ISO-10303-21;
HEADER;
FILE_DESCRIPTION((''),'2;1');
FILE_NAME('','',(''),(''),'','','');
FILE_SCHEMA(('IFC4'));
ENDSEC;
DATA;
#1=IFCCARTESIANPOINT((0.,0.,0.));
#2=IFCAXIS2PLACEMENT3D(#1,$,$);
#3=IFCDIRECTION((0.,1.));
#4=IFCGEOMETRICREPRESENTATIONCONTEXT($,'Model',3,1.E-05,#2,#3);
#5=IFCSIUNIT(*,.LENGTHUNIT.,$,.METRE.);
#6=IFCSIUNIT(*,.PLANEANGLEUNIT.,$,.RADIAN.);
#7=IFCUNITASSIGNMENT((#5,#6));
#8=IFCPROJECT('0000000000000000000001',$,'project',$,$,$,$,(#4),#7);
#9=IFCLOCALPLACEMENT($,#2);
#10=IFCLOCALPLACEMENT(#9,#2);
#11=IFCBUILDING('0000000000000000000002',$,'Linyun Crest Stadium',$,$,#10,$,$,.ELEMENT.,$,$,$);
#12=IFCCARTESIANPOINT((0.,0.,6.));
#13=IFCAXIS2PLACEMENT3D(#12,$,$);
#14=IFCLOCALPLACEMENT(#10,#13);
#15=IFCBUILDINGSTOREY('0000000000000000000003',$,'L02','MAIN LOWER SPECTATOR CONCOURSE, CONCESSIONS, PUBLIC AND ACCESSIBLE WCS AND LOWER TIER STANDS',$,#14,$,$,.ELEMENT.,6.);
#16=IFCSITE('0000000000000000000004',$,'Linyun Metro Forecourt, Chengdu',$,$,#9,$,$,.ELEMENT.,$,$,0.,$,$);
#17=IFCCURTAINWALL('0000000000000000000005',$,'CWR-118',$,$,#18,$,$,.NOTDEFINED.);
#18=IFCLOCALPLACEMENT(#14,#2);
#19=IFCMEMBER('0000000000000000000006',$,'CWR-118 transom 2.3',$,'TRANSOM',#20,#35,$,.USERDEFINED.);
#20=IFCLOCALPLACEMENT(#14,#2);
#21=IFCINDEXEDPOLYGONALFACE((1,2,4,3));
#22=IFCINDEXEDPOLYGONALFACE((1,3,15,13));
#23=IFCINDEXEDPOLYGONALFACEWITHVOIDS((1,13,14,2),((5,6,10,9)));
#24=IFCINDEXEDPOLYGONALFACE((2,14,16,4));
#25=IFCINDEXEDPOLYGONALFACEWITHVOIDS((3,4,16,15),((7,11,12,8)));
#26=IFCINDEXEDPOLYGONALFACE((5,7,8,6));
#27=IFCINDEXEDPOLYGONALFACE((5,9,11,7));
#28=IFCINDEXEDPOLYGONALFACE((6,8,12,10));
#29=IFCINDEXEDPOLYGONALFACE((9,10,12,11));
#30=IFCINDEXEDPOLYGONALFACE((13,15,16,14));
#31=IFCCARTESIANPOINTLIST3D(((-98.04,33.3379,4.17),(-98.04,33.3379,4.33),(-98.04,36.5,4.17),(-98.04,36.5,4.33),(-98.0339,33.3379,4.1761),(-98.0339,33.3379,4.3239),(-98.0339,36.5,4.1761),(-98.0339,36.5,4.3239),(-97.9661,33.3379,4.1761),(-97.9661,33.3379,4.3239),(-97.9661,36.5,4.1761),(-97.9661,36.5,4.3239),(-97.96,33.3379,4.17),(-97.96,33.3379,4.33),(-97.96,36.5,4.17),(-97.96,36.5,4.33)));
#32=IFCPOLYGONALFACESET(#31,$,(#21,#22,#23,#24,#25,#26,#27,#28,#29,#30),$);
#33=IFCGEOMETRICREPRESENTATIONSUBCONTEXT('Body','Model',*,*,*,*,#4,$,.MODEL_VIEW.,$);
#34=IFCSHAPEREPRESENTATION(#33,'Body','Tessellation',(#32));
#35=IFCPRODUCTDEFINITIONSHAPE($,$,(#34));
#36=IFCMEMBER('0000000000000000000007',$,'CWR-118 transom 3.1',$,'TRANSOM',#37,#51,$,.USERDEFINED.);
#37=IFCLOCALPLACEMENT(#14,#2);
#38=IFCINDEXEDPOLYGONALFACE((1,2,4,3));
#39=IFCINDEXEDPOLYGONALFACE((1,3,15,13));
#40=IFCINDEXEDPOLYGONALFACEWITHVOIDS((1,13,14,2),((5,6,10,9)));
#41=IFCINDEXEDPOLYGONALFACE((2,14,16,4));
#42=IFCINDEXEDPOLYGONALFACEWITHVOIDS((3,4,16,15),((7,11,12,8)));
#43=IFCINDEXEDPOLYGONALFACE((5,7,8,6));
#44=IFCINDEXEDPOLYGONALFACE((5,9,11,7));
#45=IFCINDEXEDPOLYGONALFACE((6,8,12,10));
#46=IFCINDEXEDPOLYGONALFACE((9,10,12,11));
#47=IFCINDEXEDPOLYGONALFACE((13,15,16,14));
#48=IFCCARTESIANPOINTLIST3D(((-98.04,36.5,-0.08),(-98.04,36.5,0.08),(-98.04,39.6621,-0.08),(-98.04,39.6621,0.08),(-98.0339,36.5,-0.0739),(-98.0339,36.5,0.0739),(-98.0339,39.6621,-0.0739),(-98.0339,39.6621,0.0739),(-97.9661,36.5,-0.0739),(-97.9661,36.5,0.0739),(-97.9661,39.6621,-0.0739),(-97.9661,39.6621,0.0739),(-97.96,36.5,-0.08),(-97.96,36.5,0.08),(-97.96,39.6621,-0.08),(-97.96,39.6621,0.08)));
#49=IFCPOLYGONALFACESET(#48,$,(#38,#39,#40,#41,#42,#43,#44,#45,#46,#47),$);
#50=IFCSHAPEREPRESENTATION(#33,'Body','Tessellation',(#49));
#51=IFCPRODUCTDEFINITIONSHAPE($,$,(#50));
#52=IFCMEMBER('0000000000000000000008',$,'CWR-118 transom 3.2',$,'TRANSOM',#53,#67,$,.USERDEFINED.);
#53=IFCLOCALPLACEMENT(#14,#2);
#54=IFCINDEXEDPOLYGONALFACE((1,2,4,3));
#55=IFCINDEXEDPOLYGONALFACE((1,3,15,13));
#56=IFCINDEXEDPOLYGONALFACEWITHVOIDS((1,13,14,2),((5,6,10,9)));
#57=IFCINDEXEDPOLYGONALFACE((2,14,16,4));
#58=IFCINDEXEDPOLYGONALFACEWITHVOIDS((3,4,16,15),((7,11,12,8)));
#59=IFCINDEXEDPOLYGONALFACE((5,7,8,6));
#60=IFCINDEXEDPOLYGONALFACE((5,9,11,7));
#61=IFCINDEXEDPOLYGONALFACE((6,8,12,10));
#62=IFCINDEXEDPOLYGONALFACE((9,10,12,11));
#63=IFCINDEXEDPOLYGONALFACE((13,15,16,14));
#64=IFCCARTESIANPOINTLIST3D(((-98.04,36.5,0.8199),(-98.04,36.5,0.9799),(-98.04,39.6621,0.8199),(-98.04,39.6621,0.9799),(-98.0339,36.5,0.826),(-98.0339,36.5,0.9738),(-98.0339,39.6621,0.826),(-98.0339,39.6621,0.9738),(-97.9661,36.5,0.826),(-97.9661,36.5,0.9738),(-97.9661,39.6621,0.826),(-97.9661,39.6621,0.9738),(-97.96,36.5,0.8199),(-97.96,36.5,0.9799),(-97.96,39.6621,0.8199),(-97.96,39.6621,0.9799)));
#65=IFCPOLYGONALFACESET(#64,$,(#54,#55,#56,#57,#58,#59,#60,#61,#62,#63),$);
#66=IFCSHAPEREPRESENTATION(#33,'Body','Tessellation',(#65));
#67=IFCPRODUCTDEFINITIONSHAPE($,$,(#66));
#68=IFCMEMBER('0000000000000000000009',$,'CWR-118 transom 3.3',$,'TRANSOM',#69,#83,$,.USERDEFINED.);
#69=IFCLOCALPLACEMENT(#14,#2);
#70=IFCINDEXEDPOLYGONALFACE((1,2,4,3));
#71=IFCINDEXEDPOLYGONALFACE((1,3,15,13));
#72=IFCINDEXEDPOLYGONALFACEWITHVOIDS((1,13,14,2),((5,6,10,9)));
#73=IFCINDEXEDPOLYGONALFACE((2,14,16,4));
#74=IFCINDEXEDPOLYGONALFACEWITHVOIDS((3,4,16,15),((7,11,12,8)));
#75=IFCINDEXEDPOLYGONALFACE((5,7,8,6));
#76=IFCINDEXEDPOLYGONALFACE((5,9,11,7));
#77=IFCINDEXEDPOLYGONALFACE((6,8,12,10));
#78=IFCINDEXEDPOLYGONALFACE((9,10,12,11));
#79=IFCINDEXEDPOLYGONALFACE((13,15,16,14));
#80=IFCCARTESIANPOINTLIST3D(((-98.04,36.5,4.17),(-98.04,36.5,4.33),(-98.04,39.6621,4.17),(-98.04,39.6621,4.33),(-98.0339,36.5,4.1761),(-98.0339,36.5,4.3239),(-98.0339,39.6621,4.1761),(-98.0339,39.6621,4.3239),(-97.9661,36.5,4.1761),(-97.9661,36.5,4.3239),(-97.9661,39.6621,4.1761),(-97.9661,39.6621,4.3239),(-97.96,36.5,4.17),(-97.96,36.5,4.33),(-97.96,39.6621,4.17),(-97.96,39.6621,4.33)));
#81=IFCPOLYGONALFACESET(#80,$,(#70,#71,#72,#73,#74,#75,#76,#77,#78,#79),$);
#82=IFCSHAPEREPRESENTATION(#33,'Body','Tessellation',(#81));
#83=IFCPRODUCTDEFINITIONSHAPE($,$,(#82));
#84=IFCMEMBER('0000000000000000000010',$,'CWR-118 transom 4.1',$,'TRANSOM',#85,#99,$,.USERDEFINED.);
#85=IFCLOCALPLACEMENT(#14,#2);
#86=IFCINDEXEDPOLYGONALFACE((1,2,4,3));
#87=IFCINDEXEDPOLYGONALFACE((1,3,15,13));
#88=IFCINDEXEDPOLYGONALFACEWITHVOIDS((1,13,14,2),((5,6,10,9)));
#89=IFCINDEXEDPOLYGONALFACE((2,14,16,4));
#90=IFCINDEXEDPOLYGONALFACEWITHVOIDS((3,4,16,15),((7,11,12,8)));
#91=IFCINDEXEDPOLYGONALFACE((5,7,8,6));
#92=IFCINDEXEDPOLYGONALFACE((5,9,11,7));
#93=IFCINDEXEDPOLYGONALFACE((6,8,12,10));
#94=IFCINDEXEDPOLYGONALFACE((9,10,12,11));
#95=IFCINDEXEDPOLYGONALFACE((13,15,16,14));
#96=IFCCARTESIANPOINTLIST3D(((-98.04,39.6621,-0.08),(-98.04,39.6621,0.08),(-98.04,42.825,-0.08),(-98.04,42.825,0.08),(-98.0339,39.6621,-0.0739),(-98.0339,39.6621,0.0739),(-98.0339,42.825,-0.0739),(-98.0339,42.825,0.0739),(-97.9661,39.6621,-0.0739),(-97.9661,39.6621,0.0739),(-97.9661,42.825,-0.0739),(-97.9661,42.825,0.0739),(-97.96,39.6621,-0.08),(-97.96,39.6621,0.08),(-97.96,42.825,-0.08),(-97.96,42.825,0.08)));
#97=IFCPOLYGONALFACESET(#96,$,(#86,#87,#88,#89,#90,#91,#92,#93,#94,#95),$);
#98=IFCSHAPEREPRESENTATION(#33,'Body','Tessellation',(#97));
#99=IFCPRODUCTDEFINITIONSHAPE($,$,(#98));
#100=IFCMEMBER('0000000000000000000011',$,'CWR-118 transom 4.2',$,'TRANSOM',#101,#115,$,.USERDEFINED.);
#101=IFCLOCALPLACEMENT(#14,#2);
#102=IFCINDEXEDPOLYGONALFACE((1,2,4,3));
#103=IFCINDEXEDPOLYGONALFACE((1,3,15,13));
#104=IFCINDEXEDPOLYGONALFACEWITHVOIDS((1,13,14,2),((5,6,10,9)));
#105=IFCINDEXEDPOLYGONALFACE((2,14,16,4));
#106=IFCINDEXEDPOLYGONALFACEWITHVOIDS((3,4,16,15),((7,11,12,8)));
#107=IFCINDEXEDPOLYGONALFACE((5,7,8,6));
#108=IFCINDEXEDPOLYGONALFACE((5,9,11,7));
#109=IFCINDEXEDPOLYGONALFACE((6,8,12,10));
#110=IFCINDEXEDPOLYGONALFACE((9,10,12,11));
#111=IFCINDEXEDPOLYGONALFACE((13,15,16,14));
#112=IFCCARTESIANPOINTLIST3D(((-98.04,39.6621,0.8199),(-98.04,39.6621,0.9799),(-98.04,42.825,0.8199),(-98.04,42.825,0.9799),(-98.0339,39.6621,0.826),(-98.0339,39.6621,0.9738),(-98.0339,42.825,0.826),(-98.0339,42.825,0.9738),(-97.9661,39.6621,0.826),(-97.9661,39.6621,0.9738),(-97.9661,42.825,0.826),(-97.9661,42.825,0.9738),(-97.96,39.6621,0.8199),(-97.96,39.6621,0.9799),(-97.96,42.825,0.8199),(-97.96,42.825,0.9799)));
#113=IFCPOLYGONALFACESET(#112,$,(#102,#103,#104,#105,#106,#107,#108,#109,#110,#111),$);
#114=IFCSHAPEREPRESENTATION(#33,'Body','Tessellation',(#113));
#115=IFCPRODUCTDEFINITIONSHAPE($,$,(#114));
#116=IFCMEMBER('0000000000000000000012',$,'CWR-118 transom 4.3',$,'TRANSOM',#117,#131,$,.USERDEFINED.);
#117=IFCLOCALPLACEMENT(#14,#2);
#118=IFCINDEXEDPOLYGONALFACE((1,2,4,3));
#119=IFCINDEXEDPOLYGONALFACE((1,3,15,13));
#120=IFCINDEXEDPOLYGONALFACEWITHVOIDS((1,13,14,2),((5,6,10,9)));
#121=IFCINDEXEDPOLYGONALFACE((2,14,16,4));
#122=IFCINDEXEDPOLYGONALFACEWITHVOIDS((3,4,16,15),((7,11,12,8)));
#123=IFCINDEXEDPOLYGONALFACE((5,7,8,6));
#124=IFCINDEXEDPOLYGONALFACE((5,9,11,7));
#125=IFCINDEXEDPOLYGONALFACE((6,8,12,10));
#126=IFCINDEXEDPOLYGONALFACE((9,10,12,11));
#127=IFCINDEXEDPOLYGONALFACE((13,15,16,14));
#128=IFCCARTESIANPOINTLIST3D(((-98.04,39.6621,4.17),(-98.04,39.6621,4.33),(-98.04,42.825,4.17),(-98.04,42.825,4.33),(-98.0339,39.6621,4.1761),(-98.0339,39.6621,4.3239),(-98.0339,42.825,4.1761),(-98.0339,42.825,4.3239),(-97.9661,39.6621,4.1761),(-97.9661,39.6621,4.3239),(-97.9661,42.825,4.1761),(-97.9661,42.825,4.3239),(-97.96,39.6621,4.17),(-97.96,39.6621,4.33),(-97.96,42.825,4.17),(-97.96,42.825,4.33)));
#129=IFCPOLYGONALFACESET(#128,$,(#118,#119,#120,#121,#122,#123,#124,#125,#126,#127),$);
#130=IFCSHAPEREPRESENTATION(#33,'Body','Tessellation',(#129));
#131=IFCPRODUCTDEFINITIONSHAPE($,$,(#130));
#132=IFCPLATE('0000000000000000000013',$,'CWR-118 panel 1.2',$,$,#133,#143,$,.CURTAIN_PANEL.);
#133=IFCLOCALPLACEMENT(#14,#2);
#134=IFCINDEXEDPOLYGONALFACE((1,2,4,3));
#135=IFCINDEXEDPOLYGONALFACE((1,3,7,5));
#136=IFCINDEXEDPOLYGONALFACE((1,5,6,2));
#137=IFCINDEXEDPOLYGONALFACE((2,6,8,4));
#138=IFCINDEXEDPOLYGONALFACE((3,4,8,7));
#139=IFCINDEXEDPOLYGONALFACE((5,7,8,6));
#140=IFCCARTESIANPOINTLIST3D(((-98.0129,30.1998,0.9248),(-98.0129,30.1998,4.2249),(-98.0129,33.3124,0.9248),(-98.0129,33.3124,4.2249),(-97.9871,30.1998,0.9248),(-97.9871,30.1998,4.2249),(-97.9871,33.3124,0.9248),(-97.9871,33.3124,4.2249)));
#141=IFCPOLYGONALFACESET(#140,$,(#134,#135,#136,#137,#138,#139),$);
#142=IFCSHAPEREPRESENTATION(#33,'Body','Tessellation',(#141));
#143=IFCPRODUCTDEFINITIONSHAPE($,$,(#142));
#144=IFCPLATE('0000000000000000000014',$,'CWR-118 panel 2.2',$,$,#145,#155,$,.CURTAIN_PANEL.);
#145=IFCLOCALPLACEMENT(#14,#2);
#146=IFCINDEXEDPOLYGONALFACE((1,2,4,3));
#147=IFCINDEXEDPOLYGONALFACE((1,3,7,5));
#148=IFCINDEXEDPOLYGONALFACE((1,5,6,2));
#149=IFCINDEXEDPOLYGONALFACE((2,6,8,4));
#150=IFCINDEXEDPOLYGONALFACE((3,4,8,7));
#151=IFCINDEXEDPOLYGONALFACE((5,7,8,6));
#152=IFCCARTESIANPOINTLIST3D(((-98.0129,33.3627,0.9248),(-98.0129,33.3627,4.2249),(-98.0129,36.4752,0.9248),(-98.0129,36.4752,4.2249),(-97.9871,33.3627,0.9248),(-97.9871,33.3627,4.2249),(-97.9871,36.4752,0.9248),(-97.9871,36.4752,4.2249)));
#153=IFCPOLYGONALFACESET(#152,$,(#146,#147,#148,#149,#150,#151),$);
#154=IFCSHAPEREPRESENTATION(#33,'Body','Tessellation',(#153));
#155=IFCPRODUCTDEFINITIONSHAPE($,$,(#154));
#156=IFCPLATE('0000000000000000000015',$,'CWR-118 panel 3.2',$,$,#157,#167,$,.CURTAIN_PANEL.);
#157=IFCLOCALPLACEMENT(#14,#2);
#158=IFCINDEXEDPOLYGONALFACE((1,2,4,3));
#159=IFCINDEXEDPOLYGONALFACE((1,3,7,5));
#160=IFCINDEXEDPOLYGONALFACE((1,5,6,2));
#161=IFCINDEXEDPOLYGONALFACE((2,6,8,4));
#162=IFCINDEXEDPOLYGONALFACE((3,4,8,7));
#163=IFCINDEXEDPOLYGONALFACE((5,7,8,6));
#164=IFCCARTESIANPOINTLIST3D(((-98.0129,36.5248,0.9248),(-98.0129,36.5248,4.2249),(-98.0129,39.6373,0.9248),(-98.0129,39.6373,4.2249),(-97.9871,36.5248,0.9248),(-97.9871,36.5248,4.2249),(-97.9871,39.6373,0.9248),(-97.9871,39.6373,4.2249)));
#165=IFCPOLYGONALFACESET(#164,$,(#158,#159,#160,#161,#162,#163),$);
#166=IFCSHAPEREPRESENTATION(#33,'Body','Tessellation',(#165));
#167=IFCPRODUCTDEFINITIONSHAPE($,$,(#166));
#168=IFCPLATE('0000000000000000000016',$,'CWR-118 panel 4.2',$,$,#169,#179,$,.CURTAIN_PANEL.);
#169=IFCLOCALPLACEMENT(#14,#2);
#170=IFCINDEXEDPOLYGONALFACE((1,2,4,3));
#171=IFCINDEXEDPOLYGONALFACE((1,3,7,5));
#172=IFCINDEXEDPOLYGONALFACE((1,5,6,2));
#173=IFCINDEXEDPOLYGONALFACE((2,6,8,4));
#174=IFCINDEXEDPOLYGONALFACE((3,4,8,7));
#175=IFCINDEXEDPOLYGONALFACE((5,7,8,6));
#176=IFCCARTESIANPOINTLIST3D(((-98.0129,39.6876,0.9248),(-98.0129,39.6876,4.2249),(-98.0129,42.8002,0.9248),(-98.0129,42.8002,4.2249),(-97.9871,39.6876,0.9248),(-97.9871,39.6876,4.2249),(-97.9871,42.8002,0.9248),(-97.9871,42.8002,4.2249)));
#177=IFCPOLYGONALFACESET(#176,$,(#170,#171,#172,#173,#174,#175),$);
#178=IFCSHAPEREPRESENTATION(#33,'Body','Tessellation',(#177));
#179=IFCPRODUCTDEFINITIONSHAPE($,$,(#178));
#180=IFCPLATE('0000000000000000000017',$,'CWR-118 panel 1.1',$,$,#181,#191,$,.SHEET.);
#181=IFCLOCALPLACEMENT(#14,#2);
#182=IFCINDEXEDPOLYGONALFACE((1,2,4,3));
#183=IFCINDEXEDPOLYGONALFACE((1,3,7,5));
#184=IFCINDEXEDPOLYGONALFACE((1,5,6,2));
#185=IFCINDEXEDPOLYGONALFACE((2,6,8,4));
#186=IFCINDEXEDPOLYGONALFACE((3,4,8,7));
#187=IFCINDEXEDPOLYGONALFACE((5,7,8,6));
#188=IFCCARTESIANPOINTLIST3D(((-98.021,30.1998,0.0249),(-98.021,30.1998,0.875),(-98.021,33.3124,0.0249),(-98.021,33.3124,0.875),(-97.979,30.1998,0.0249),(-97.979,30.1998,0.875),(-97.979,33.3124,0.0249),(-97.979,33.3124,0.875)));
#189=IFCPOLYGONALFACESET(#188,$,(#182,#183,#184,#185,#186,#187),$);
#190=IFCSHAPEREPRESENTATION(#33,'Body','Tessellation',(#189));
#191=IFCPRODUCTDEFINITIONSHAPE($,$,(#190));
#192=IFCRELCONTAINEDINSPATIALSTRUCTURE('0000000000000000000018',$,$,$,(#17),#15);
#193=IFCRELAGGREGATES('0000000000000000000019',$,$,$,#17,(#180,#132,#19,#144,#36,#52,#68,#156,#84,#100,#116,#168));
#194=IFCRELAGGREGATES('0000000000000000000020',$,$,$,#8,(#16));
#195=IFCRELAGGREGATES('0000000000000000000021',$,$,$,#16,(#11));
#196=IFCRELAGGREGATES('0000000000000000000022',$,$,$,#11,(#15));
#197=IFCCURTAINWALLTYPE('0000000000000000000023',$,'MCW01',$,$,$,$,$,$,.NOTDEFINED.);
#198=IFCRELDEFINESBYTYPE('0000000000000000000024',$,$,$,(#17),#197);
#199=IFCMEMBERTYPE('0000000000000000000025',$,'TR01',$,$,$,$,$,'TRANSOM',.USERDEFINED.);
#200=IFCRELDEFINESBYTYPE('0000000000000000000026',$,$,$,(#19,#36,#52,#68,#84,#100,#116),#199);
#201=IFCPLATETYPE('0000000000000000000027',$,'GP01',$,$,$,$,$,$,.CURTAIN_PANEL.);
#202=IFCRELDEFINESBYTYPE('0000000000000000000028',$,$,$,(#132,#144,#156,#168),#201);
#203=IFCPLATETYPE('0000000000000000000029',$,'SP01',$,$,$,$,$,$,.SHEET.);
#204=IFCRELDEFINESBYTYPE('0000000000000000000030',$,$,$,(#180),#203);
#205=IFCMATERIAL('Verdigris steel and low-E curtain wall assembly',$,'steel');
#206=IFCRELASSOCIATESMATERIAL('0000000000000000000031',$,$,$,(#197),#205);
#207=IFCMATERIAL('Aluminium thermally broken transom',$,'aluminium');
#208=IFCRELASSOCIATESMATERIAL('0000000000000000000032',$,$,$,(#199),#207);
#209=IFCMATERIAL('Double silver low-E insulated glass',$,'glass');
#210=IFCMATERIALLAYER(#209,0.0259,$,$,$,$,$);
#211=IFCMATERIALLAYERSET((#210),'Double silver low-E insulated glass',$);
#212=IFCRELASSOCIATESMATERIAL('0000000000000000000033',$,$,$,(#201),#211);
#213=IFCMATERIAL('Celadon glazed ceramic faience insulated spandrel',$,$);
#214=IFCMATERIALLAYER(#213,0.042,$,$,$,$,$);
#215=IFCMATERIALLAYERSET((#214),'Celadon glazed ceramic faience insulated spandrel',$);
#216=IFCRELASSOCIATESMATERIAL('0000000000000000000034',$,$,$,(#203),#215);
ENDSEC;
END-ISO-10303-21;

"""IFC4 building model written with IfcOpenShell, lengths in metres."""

from ifc_helpers import new_model, si_unit, direction, frame, origin, origin_2d, place, context, subcontext, project, spatial, rectangle, hollow_rectangle, extrude, material, layer, layer_set, material_profile, profile_set, type_object, element, aggregate, save


model = new_model("IFC4")

# Units and contexts
model_context = context("Model", 3, precision=1e-05, world=origin(), true_north=direction((0.0, 1.0)))
body_context = subcontext(model_context, "Body", "Model", "MODEL_VIEW")
ifc_project = project(units=[si_unit("LENGTHUNIT", "METRE"), si_unit("PLANEANGLEUNIT", "RADIAN")], contexts=[model_context])

# Site, building, storey
site_placement = place(None, origin())
site = spatial("IfcSite", under=ifc_project, at=site_placement, Name="Linyun Metro Forecourt, Chengdu", CompositionType="ELEMENT", RefElevation=0.0)
building_placement = place(site_placement, origin())
building = spatial("IfcBuilding", under=site, at=building_placement, Name="Linyun Crest Stadium", CompositionType="ELEMENT")
storey_placement = place(building_placement, frame((0.0, 0.0, 6.0)))
storey = spatial("IfcBuildingStorey", under=building, at=storey_placement, Name="L02", Description="MAIN LOWER SPECTATOR CONCOURSE, CONCESSIONS, PUBLIC AND ACCESSIBLE WCS AND LOWER TIER STANDS", CompositionType="ELEMENT", Elevation=6.0)

# Curtain wall
ifc_material_1 = material(Name="Verdigris steel and low-E curtain wall assembly", Category="steel")
curtain_wall_type = type_object("IfcCurtainWallType", Name="MCW01", PredefinedType="NOTDEFINED", material=ifc_material_1)
curtain_wall_placement = place(storey_placement, origin())
curtain_wall = element("IfcCurtainWall", 1, at=curtain_wall_placement, inside=storey, type_object=curtain_wall_type, Name="CWR-118", PredefinedType="NOTDEFINED")

# Members
ifc_material_2 = material(Name="Aluminium thermally broken transom", Category="aluminium")
ifc_material_profile_1 = material_profile(ifc_material_2, hollow_rectangle(XDim=0.0801, YDim=0.1599, WallThickness=0.0061, at=origin_2d()), Name="RHS 160x80x6")
ifc_profile_set_1 = profile_set([ifc_material_profile_1], Name="Aluminium thermally broken transom")
member_type_1 = type_object("IfcMemberType", Name="TR01", ElementType="TRANSOM", PredefinedType="USERDEFINED", material=ifc_profile_set_1)
member_1_placement = place(storey_placement, frame((-98.0, 33.3379, 4.25), z_axis=(0.0, 1.0, 0.0), x_axis=(-1.0, 0.0, 0.0)))
member_1 = element("IfcMember", 2, at=member_1_placement, type_object=member_type_1, Name="CWR-118 transom 2.3", ObjectType="TRANSOM", PredefinedType="USERDEFINED", context=body_context, shape_type="SweptSolid", body=[
    extrude(hollow_rectangle(XDim=0.0801, YDim=0.1599, WallThickness=0.0061, at=origin_2d()), origin(), (0.0, 0.0, 1.0), 3.1621),
])
member_2_placement = place(storey_placement, frame((-98.0, 36.5, 0.0), z_axis=(0.0, 1.0, 0.0), x_axis=(-1.0, 0.0, 0.0)))
member_2 = element("IfcMember", 3, at=member_2_placement, type_object=member_type_1, Name="CWR-118 transom 3.1", ObjectType="TRANSOM", PredefinedType="USERDEFINED", context=body_context, shape_type="SweptSolid", body=[
    extrude(hollow_rectangle(XDim=0.0801, YDim=0.1599, WallThickness=0.0061, at=origin_2d()), origin(), (0.0, 0.0, 1.0), 3.1621),
])
member_3_placement = place(storey_placement, frame((-98.0, 36.5, 0.8999), z_axis=(0.0, 1.0, 0.0), x_axis=(-1.0, 0.0, 0.0)))
member_3 = element("IfcMember", 4, at=member_3_placement, type_object=member_type_1, Name="CWR-118 transom 3.2", ObjectType="TRANSOM", PredefinedType="USERDEFINED", context=body_context, shape_type="SweptSolid", body=[
    extrude(hollow_rectangle(XDim=0.0801, YDim=0.1599, WallThickness=0.0061, at=origin_2d()), origin(), (0.0, 0.0, 1.0), 3.1621),
])
member_4_placement = place(storey_placement, frame((-98.0, 36.5, 4.25), z_axis=(0.0, 1.0, 0.0), x_axis=(-1.0, 0.0, 0.0)))
member_4 = element("IfcMember", 5, at=member_4_placement, type_object=member_type_1, Name="CWR-118 transom 3.3", ObjectType="TRANSOM", PredefinedType="USERDEFINED", context=body_context, shape_type="SweptSolid", body=[
    extrude(hollow_rectangle(XDim=0.0801, YDim=0.1599, WallThickness=0.0061, at=origin_2d()), origin(), (0.0, 0.0, 1.0), 3.1621),
])
member_5_placement = place(storey_placement, frame((-98.0, 39.6621, 0.0), z_axis=(0.0, 1.0, 0.0), x_axis=(-1.0, 0.0, 0.0)))
member_5 = element("IfcMember", 6, at=member_5_placement, type_object=member_type_1, Name="CWR-118 transom 4.1", ObjectType="TRANSOM", PredefinedType="USERDEFINED", context=body_context, shape_type="SweptSolid", body=[
    extrude(hollow_rectangle(XDim=0.0801, YDim=0.1599, WallThickness=0.0061, at=origin_2d()), origin(), (0.0, 0.0, 1.0), 3.1628),
])
member_6_placement = place(storey_placement, frame((-98.0, 39.6621, 0.8999), z_axis=(0.0, 1.0, 0.0), x_axis=(-1.0, 0.0, 0.0)))
member_6 = element("IfcMember", 7, at=member_6_placement, type_object=member_type_1, Name="CWR-118 transom 4.2", ObjectType="TRANSOM", PredefinedType="USERDEFINED", context=body_context, shape_type="SweptSolid", body=[
    extrude(hollow_rectangle(XDim=0.0801, YDim=0.1599, WallThickness=0.0061, at=origin_2d()), origin(), (0.0, 0.0, 1.0), 3.1628),
])
member_7_placement = place(storey_placement, frame((-98.0, 39.6621, 4.25), z_axis=(0.0, 1.0, 0.0), x_axis=(-1.0, 0.0, 0.0)))
member_7 = element("IfcMember", 8, at=member_7_placement, type_object=member_type_1, Name="CWR-118 transom 4.3", ObjectType="TRANSOM", PredefinedType="USERDEFINED", context=body_context, shape_type="SweptSolid", body=[
    extrude(hollow_rectangle(XDim=0.0801, YDim=0.1599, WallThickness=0.0061, at=origin_2d()), origin(), (0.0, 0.0, 1.0), 3.1628),
])

# Plates
ifc_material_3 = material(Name="Double silver low-E insulated glass", Category="glass")
ifc_layer_1 = layer(ifc_material_3, 0.0259)
ifc_layer_set_1 = layer_set([ifc_layer_1], Name="Double silver low-E insulated glass")
plate_type_1 = type_object("IfcPlateType", Name="GP01", PredefinedType="CURTAIN_PANEL", material=ifc_layer_set_1)
plate_1_placement = place(storey_placement, frame((-98.0, 31.7561, 0.9248), z_axis=(0.0, 0.0, 1.0), x_axis=(0.0, 1.0, 0.0)))
plate_1 = element("IfcPlate", 9, at=plate_1_placement, type_object=plate_type_1, Name="CWR-118 panel 1.2", PredefinedType="CURTAIN_PANEL", context=body_context, shape_type="SweptSolid", body=[
    extrude(rectangle(XDim=3.1125, YDim=0.0259, at=origin_2d()), origin(), (0.0, 0.0, 1.0), 3.3),
])
plate_2_placement = place(storey_placement, frame((-98.0, 34.9189, 0.9248), z_axis=(0.0, 0.0, 1.0), x_axis=(0.0, 1.0, 0.0)))
plate_2 = element("IfcPlate", 10, at=plate_2_placement, type_object=plate_type_1, Name="CWR-118 panel 2.2", PredefinedType="CURTAIN_PANEL", context=body_context, shape_type="SweptSolid", body=[
    extrude(rectangle(XDim=3.1125, YDim=0.0259, at=origin_2d()), origin(), (0.0, 0.0, 1.0), 3.3),
])
plate_3_placement = place(storey_placement, frame((-98.0, 38.0811, 0.9248), z_axis=(0.0, 0.0, 1.0), x_axis=(0.0, 1.0, 0.0)))
plate_3 = element("IfcPlate", 11, at=plate_3_placement, type_object=plate_type_1, Name="CWR-118 panel 3.2", PredefinedType="CURTAIN_PANEL", context=body_context, shape_type="SweptSolid", body=[
    extrude(rectangle(XDim=3.1125, YDim=0.0259, at=origin_2d()), origin(), (0.0, 0.0, 1.0), 3.3),
])
plate_4_placement = place(storey_placement, frame((-98.0, 41.2439, 0.9248), z_axis=(0.0, 0.0, 1.0), x_axis=(0.0, 1.0, 0.0)))
plate_4 = element("IfcPlate", 12, at=plate_4_placement, type_object=plate_type_1, Name="CWR-118 panel 4.2", PredefinedType="CURTAIN_PANEL", context=body_context, shape_type="SweptSolid", body=[
    extrude(rectangle(XDim=3.1125, YDim=0.0259, at=origin_2d()), origin(), (0.0, 0.0, 1.0), 3.3),
])
ifc_material_4 = material(Name="Celadon glazed ceramic faience insulated spandrel")
ifc_layer_2 = layer(ifc_material_4, 0.042)
ifc_layer_set_2 = layer_set([ifc_layer_2], Name="Celadon glazed ceramic faience insulated spandrel")
plate_type_2 = type_object("IfcPlateType", Name="SP01", PredefinedType="SHEET", material=ifc_layer_set_2)
plate_5_placement = place(storey_placement, frame((-98.0, 31.7561, 0.0249), z_axis=(0.0, 0.0, 1.0), x_axis=(0.0, 1.0, 0.0)))
plate_5 = element("IfcPlate", 13, at=plate_5_placement, type_object=plate_type_2, Name="CWR-118 panel 1.1", PredefinedType="SHEET", context=body_context, shape_type="SweptSolid", body=[
    extrude(rectangle(XDim=3.1125, YDim=0.042, at=origin_2d()), origin(), (0.0, 0.0, 1.0), 0.8501),
])
aggregate(curtain_wall, [plate_5, plate_1, member_1, plate_2, member_2, member_3, member_4, plate_3, member_5, member_6, member_7, plate_4])

save(model, "model.ifc")
